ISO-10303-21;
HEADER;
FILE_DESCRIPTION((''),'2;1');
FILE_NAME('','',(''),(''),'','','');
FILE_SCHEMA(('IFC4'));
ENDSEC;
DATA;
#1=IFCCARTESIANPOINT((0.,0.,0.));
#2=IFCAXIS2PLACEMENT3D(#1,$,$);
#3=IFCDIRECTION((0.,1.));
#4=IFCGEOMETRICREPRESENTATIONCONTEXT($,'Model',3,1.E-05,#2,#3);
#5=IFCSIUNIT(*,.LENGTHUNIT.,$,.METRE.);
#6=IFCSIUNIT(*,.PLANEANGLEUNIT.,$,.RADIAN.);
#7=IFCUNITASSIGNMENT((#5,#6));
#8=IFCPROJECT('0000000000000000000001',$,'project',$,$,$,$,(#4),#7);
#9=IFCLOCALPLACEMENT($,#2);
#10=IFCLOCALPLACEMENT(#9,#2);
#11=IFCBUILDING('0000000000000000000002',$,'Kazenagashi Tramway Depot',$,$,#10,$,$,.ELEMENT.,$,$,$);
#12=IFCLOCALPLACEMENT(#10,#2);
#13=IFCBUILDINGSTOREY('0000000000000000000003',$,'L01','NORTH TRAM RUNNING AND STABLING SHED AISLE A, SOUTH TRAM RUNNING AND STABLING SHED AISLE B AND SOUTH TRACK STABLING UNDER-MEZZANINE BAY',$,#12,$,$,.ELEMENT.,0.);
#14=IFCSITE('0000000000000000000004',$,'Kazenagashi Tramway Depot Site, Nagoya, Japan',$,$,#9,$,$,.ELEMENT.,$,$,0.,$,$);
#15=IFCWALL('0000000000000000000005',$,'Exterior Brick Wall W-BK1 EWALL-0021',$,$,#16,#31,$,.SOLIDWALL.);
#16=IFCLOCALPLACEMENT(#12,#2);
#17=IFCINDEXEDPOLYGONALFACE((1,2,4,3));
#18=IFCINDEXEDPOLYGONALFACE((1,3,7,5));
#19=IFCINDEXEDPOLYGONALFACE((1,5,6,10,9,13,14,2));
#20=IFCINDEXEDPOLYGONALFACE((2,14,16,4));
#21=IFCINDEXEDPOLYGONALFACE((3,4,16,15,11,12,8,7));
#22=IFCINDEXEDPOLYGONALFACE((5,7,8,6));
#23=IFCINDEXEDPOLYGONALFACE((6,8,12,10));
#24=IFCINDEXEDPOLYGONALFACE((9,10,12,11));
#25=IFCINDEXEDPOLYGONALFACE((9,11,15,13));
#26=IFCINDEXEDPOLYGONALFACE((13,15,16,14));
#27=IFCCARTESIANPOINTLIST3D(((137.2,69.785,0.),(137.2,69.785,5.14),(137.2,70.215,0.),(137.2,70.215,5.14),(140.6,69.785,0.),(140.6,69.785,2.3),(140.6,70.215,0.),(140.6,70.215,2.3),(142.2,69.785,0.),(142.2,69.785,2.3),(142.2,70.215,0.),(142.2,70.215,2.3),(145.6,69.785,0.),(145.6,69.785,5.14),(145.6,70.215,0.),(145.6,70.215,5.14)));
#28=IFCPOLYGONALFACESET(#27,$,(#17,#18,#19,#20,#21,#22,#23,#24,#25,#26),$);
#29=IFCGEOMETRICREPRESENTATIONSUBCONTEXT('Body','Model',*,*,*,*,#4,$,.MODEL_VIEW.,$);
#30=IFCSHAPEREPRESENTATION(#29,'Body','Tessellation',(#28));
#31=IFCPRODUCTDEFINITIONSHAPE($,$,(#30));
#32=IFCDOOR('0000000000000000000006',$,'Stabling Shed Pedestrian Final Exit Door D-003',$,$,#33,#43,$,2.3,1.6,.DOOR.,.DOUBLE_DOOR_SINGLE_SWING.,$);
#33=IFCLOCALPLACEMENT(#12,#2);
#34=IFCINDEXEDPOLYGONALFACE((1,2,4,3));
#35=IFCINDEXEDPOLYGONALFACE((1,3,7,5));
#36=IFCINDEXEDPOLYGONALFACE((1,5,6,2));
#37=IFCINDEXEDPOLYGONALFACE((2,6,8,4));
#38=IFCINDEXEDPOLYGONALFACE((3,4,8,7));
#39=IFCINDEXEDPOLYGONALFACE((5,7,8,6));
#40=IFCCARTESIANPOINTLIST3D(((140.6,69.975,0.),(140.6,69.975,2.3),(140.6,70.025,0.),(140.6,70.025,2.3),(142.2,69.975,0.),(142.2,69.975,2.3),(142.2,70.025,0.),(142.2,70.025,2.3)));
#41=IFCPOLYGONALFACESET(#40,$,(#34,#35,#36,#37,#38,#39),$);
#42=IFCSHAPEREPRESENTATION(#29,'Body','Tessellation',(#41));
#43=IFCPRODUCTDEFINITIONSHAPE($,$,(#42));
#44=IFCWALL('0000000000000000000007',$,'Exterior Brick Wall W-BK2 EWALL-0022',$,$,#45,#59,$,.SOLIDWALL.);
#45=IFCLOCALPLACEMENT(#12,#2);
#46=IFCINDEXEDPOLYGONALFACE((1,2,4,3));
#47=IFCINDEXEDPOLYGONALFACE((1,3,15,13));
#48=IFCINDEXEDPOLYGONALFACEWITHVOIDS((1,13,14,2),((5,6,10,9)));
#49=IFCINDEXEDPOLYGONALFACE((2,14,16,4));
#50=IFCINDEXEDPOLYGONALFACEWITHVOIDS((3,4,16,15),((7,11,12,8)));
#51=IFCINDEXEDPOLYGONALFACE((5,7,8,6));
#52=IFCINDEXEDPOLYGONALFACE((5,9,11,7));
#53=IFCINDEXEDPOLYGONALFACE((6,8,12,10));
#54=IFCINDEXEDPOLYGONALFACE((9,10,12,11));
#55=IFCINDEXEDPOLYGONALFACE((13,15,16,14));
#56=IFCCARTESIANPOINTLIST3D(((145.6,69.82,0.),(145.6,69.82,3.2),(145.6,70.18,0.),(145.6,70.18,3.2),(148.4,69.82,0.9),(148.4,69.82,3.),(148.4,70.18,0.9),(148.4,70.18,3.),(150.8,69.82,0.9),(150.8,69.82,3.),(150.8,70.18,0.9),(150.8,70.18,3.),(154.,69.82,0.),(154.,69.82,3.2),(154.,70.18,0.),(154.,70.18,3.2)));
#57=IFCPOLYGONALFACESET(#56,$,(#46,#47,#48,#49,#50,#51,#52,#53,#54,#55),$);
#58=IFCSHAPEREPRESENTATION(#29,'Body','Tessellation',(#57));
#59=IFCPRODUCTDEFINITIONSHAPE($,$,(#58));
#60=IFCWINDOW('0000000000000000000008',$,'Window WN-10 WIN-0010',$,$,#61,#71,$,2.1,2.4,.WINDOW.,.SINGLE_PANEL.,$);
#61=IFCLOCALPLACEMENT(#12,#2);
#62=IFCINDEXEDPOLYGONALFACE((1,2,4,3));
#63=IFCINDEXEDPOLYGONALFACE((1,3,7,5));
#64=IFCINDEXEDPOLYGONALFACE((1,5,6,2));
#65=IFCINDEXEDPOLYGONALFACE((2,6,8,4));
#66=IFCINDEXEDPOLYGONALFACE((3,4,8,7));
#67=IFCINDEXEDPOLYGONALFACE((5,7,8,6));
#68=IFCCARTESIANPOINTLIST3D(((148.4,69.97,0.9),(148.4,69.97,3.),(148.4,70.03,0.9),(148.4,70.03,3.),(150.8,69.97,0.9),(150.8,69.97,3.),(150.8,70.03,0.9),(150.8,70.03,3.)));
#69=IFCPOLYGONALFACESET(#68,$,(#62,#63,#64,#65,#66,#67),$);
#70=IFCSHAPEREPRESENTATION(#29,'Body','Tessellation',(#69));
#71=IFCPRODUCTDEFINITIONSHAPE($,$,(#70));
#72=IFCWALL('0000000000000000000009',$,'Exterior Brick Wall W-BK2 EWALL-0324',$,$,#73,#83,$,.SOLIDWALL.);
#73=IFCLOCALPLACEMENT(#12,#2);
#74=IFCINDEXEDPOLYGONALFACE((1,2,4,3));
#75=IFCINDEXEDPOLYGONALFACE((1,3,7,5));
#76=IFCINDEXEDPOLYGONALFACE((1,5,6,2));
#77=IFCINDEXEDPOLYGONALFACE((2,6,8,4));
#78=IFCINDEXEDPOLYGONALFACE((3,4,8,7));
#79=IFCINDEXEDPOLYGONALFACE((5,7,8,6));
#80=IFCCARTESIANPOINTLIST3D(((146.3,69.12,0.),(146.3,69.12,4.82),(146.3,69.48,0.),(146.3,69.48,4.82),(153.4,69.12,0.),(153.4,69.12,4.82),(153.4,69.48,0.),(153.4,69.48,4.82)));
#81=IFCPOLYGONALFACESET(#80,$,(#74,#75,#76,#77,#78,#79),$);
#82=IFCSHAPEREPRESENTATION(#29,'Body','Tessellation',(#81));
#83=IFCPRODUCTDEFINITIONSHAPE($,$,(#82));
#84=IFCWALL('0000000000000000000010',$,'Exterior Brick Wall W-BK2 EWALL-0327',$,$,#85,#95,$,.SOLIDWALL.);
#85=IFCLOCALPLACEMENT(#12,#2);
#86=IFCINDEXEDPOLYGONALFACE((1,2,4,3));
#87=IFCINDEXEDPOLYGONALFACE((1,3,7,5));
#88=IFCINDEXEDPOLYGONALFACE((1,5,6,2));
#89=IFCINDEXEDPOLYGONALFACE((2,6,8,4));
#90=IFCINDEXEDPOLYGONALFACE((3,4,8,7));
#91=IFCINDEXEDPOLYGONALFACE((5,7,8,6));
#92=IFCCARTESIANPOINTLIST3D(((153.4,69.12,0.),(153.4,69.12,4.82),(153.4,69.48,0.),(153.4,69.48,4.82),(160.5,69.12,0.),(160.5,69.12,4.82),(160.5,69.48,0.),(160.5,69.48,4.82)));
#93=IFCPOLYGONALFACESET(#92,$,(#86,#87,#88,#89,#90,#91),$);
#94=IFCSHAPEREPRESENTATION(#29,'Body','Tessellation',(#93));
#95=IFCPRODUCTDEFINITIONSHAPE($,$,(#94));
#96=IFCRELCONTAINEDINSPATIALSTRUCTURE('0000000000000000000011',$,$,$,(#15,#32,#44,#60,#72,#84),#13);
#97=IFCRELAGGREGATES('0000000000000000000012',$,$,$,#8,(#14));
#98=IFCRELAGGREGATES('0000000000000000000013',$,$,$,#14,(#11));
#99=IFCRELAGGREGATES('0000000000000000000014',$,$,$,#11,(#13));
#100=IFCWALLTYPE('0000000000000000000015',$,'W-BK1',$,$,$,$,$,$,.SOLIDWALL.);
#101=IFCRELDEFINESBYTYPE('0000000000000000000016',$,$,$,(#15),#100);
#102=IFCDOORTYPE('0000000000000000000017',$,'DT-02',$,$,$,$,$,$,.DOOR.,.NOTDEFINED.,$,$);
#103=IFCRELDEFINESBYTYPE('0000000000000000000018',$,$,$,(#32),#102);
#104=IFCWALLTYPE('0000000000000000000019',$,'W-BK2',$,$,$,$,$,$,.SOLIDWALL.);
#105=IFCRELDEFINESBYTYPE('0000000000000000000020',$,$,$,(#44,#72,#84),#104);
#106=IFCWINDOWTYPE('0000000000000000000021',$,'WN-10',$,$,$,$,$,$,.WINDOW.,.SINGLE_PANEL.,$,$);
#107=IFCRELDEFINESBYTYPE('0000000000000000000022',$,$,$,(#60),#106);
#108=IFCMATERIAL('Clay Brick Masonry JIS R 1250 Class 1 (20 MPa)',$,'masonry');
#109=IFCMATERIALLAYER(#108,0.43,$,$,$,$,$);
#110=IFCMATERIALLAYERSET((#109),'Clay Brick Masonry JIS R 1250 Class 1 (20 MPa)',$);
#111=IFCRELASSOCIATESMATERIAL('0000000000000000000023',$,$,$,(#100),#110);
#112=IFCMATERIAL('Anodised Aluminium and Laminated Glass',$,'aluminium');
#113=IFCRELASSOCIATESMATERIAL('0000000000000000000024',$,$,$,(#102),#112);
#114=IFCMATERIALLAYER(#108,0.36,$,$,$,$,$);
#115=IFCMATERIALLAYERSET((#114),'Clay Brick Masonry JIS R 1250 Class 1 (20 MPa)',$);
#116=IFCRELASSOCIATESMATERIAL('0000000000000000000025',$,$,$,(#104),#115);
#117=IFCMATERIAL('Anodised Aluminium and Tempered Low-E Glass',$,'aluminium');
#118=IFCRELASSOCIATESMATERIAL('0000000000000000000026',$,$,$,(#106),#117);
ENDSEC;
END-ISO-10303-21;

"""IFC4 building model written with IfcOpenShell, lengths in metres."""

from ifc_helpers import new_model, si_unit, direction, frame, frame_2d, origin, place, context, subcontext, project, spatial, rectangle, extrude, material, layer, layer_set, type_object, element, fill, save


model = new_model("IFC4")

# Units and contexts
model_context = context("Model", 3, precision=1e-05, world=origin(), true_north=direction((0.0, 1.0)))
body_context = subcontext(model_context, "Body", "Model", "MODEL_VIEW")
ifc_project = project(units=[si_unit("LENGTHUNIT", "METRE"), si_unit("PLANEANGLEUNIT", "RADIAN")], contexts=[model_context])

# Site, building, storey
site_placement = place(None, origin())
site = spatial("IfcSite", under=ifc_project, at=site_placement, Name="Kazenagashi Tramway Depot Site, Nagoya, Japan", CompositionType="ELEMENT", RefElevation=0.0)
building_placement = place(site_placement, origin())
building = spatial("IfcBuilding", under=site, at=building_placement, Name="Kazenagashi Tramway Depot", CompositionType="ELEMENT")
storey_placement = place(building_placement, origin())
storey = spatial("IfcBuildingStorey", under=building, at=storey_placement, Name="L01", Description="NORTH TRAM RUNNING AND STABLING SHED AISLE A, SOUTH TRAM RUNNING AND STABLING SHED AISLE B AND SOUTH TRACK STABLING UNDER-MEZZANINE BAY", CompositionType="ELEMENT", Elevation=0.0)

# Wall, opening, door
ifc_material_1 = material(Name="Clay Brick Masonry JIS R 1250 Class 1 (20 MPa)", Category="masonry")
ifc_layer_1 = layer(ifc_material_1, 0.43)
ifc_layer_set_1 = layer_set([ifc_layer_1], Name="Clay Brick Masonry JIS R 1250 Class 1 (20 MPa)")
wall_type_1 = type_object("IfcWallType", Name="W-BK1", PredefinedType="SOLIDWALL", material=ifc_layer_set_1)
wall_1_placement = place(storey_placement, frame((137.2, 70.0, 0.0), z_axis=(0.0, 0.0, 1.0), x_axis=(1.0, 0.0, 0.0)))
wall_1 = element("IfcWall", 1, at=wall_1_placement, inside=storey, type_object=wall_type_1, Name="Exterior Brick Wall W-BK1 EWALL-0021", PredefinedType="SOLIDWALL", context=body_context, shape_type="SweptSolid", body=[
    extrude(rectangle(XDim=8.4, YDim=0.43, at=frame_2d((4.2, 0.0))), origin(), (0.0, 0.0, 1.0), 5.14),
])
opening_1_placement = place(wall_1_placement, frame((3.4, 0.0, 0.0)))
opening_1 = element("IfcOpeningElement", 2, at=opening_1_placement, cuts=wall_1, PredefinedType="OPENING", context=body_context, shape_type="SweptSolid", body=[
    extrude(rectangle(XDim=1.6, YDim=2.3, at=frame_2d((0.8, 1.15))), frame((0.0, 0.225, 0.0), z_axis=(0.0, -1.0, 0.0), x_axis=(1.0, 0.0, 0.0)), (0.0, 0.0, 1.0), 0.45),
])
ifc_material_2 = material(Name="Anodised Aluminium and Laminated Glass", Category="aluminium")
door_type = type_object("IfcDoorType", Name="DT-02", OperationType="NOTDEFINED", PredefinedType="DOOR", material=ifc_material_2)
door_placement = place(opening_1_placement, frame((1.6, 0.0, 0.0), z_axis=(0.0, 0.0, 1.0), x_axis=(-1.0, 0.0, 0.0)))
door = element("IfcDoor", 3, at=door_placement, inside=storey, type_object=door_type, Name="Stabling Shed Pedestrian Final Exit Door D-003", OperationType="DOUBLE_DOOR_SINGLE_SWING", OverallHeight=2.3, OverallWidth=1.6, PredefinedType="DOOR", context=body_context, shape_type="SweptSolid", body=[
    extrude(rectangle(XDim=1.6, YDim=2.3, at=frame_2d((0.8, 1.15))), frame((0.0, 0.025, 0.0), z_axis=(0.0, -1.0, 0.0), x_axis=(1.0, 0.0, 0.0)), (0.0, 0.0, 1.0), 0.05),
])
fill(opening_1, door)

# Wall, opening, window
ifc_layer_2 = layer(ifc_material_1, 0.36)
ifc_layer_set_2 = layer_set([ifc_layer_2], Name="Clay Brick Masonry JIS R 1250 Class 1 (20 MPa)")
wall_type_2 = type_object("IfcWallType", Name="W-BK2", PredefinedType="SOLIDWALL", material=ifc_layer_set_2)
wall_2_placement = place(storey_placement, frame((145.6, 70.0, 0.0), z_axis=(0.0, 0.0, 1.0), x_axis=(1.0, 0.0, 0.0)))
wall_2 = element("IfcWall", 4, at=wall_2_placement, inside=storey, type_object=wall_type_2, Name="Exterior Brick Wall W-BK2 EWALL-0022", PredefinedType="SOLIDWALL", context=body_context, shape_type="SweptSolid", body=[
    extrude(rectangle(XDim=8.4, YDim=0.36, at=frame_2d((4.2, 0.0))), origin(), (0.0, 0.0, 1.0), 3.2),
])
opening_2_placement = place(wall_2_placement, frame((2.8, 0.0, 0.9)))
opening_2 = element("IfcOpeningElement", 5, at=opening_2_placement, cuts=wall_2, PredefinedType="OPENING", context=body_context, shape_type="SweptSolid", body=[
    extrude(rectangle(XDim=2.4, YDim=2.1, at=frame_2d((1.2, 1.05))), frame((0.0, 0.19, 0.0), z_axis=(0.0, -1.0, 0.0), x_axis=(1.0, 0.0, 0.0)), (0.0, 0.0, 1.0), 0.38),
])
ifc_material_3 = material(Name="Anodised Aluminium and Tempered Low-E Glass", Category="aluminium")
window_type = type_object("IfcWindowType", Name="WN-10", PartitioningType="SINGLE_PANEL", PredefinedType="WINDOW", material=ifc_material_3)
window_placement = place(opening_2_placement, origin())
window = element("IfcWindow", 6, at=window_placement, inside=storey, type_object=window_type, Name="Window WN-10 WIN-0010", OverallHeight=2.1, OverallWidth=2.4, PartitioningType="SINGLE_PANEL", PredefinedType="WINDOW", context=body_context, shape_type="SweptSolid", body=[
    extrude(rectangle(XDim=2.4, YDim=2.1, at=frame_2d((1.2, 1.05))), frame((0.0, 0.03, 0.0), z_axis=(0.0, -1.0, 0.0), x_axis=(1.0, 0.0, 0.0)), (0.0, 0.0, 1.0), 0.06),
])
fill(opening_2, window)

# Walls
for number, where, z_axis, x_axis, name in (
    (7, (146.3, 69.3, 0.0), (0.0, 0.0, 1.0), (1.0, 0.0, 0.0), "Exterior Brick Wall W-BK2 EWALL-0324"),
    (8, (153.4, 69.3, 0.0), (0.0, 0.0, 1.0), (1.0, 0.0, 0.0), "Exterior Brick Wall W-BK2 EWALL-0327"),
):
    element("IfcWall", number, at=place(storey_placement, frame(where, z_axis=z_axis, x_axis=x_axis)), inside=storey, type_object=wall_type_2, Name=name, PredefinedType="SOLIDWALL", context=body_context, shape_type="SweptSolid", body=[
        extrude(rectangle(XDim=7.1, YDim=0.36, at=frame_2d((3.55, 0.0))), origin(), (0.0, 0.0, 1.0), 4.82),
    ])

save(model, "model.ifc")
